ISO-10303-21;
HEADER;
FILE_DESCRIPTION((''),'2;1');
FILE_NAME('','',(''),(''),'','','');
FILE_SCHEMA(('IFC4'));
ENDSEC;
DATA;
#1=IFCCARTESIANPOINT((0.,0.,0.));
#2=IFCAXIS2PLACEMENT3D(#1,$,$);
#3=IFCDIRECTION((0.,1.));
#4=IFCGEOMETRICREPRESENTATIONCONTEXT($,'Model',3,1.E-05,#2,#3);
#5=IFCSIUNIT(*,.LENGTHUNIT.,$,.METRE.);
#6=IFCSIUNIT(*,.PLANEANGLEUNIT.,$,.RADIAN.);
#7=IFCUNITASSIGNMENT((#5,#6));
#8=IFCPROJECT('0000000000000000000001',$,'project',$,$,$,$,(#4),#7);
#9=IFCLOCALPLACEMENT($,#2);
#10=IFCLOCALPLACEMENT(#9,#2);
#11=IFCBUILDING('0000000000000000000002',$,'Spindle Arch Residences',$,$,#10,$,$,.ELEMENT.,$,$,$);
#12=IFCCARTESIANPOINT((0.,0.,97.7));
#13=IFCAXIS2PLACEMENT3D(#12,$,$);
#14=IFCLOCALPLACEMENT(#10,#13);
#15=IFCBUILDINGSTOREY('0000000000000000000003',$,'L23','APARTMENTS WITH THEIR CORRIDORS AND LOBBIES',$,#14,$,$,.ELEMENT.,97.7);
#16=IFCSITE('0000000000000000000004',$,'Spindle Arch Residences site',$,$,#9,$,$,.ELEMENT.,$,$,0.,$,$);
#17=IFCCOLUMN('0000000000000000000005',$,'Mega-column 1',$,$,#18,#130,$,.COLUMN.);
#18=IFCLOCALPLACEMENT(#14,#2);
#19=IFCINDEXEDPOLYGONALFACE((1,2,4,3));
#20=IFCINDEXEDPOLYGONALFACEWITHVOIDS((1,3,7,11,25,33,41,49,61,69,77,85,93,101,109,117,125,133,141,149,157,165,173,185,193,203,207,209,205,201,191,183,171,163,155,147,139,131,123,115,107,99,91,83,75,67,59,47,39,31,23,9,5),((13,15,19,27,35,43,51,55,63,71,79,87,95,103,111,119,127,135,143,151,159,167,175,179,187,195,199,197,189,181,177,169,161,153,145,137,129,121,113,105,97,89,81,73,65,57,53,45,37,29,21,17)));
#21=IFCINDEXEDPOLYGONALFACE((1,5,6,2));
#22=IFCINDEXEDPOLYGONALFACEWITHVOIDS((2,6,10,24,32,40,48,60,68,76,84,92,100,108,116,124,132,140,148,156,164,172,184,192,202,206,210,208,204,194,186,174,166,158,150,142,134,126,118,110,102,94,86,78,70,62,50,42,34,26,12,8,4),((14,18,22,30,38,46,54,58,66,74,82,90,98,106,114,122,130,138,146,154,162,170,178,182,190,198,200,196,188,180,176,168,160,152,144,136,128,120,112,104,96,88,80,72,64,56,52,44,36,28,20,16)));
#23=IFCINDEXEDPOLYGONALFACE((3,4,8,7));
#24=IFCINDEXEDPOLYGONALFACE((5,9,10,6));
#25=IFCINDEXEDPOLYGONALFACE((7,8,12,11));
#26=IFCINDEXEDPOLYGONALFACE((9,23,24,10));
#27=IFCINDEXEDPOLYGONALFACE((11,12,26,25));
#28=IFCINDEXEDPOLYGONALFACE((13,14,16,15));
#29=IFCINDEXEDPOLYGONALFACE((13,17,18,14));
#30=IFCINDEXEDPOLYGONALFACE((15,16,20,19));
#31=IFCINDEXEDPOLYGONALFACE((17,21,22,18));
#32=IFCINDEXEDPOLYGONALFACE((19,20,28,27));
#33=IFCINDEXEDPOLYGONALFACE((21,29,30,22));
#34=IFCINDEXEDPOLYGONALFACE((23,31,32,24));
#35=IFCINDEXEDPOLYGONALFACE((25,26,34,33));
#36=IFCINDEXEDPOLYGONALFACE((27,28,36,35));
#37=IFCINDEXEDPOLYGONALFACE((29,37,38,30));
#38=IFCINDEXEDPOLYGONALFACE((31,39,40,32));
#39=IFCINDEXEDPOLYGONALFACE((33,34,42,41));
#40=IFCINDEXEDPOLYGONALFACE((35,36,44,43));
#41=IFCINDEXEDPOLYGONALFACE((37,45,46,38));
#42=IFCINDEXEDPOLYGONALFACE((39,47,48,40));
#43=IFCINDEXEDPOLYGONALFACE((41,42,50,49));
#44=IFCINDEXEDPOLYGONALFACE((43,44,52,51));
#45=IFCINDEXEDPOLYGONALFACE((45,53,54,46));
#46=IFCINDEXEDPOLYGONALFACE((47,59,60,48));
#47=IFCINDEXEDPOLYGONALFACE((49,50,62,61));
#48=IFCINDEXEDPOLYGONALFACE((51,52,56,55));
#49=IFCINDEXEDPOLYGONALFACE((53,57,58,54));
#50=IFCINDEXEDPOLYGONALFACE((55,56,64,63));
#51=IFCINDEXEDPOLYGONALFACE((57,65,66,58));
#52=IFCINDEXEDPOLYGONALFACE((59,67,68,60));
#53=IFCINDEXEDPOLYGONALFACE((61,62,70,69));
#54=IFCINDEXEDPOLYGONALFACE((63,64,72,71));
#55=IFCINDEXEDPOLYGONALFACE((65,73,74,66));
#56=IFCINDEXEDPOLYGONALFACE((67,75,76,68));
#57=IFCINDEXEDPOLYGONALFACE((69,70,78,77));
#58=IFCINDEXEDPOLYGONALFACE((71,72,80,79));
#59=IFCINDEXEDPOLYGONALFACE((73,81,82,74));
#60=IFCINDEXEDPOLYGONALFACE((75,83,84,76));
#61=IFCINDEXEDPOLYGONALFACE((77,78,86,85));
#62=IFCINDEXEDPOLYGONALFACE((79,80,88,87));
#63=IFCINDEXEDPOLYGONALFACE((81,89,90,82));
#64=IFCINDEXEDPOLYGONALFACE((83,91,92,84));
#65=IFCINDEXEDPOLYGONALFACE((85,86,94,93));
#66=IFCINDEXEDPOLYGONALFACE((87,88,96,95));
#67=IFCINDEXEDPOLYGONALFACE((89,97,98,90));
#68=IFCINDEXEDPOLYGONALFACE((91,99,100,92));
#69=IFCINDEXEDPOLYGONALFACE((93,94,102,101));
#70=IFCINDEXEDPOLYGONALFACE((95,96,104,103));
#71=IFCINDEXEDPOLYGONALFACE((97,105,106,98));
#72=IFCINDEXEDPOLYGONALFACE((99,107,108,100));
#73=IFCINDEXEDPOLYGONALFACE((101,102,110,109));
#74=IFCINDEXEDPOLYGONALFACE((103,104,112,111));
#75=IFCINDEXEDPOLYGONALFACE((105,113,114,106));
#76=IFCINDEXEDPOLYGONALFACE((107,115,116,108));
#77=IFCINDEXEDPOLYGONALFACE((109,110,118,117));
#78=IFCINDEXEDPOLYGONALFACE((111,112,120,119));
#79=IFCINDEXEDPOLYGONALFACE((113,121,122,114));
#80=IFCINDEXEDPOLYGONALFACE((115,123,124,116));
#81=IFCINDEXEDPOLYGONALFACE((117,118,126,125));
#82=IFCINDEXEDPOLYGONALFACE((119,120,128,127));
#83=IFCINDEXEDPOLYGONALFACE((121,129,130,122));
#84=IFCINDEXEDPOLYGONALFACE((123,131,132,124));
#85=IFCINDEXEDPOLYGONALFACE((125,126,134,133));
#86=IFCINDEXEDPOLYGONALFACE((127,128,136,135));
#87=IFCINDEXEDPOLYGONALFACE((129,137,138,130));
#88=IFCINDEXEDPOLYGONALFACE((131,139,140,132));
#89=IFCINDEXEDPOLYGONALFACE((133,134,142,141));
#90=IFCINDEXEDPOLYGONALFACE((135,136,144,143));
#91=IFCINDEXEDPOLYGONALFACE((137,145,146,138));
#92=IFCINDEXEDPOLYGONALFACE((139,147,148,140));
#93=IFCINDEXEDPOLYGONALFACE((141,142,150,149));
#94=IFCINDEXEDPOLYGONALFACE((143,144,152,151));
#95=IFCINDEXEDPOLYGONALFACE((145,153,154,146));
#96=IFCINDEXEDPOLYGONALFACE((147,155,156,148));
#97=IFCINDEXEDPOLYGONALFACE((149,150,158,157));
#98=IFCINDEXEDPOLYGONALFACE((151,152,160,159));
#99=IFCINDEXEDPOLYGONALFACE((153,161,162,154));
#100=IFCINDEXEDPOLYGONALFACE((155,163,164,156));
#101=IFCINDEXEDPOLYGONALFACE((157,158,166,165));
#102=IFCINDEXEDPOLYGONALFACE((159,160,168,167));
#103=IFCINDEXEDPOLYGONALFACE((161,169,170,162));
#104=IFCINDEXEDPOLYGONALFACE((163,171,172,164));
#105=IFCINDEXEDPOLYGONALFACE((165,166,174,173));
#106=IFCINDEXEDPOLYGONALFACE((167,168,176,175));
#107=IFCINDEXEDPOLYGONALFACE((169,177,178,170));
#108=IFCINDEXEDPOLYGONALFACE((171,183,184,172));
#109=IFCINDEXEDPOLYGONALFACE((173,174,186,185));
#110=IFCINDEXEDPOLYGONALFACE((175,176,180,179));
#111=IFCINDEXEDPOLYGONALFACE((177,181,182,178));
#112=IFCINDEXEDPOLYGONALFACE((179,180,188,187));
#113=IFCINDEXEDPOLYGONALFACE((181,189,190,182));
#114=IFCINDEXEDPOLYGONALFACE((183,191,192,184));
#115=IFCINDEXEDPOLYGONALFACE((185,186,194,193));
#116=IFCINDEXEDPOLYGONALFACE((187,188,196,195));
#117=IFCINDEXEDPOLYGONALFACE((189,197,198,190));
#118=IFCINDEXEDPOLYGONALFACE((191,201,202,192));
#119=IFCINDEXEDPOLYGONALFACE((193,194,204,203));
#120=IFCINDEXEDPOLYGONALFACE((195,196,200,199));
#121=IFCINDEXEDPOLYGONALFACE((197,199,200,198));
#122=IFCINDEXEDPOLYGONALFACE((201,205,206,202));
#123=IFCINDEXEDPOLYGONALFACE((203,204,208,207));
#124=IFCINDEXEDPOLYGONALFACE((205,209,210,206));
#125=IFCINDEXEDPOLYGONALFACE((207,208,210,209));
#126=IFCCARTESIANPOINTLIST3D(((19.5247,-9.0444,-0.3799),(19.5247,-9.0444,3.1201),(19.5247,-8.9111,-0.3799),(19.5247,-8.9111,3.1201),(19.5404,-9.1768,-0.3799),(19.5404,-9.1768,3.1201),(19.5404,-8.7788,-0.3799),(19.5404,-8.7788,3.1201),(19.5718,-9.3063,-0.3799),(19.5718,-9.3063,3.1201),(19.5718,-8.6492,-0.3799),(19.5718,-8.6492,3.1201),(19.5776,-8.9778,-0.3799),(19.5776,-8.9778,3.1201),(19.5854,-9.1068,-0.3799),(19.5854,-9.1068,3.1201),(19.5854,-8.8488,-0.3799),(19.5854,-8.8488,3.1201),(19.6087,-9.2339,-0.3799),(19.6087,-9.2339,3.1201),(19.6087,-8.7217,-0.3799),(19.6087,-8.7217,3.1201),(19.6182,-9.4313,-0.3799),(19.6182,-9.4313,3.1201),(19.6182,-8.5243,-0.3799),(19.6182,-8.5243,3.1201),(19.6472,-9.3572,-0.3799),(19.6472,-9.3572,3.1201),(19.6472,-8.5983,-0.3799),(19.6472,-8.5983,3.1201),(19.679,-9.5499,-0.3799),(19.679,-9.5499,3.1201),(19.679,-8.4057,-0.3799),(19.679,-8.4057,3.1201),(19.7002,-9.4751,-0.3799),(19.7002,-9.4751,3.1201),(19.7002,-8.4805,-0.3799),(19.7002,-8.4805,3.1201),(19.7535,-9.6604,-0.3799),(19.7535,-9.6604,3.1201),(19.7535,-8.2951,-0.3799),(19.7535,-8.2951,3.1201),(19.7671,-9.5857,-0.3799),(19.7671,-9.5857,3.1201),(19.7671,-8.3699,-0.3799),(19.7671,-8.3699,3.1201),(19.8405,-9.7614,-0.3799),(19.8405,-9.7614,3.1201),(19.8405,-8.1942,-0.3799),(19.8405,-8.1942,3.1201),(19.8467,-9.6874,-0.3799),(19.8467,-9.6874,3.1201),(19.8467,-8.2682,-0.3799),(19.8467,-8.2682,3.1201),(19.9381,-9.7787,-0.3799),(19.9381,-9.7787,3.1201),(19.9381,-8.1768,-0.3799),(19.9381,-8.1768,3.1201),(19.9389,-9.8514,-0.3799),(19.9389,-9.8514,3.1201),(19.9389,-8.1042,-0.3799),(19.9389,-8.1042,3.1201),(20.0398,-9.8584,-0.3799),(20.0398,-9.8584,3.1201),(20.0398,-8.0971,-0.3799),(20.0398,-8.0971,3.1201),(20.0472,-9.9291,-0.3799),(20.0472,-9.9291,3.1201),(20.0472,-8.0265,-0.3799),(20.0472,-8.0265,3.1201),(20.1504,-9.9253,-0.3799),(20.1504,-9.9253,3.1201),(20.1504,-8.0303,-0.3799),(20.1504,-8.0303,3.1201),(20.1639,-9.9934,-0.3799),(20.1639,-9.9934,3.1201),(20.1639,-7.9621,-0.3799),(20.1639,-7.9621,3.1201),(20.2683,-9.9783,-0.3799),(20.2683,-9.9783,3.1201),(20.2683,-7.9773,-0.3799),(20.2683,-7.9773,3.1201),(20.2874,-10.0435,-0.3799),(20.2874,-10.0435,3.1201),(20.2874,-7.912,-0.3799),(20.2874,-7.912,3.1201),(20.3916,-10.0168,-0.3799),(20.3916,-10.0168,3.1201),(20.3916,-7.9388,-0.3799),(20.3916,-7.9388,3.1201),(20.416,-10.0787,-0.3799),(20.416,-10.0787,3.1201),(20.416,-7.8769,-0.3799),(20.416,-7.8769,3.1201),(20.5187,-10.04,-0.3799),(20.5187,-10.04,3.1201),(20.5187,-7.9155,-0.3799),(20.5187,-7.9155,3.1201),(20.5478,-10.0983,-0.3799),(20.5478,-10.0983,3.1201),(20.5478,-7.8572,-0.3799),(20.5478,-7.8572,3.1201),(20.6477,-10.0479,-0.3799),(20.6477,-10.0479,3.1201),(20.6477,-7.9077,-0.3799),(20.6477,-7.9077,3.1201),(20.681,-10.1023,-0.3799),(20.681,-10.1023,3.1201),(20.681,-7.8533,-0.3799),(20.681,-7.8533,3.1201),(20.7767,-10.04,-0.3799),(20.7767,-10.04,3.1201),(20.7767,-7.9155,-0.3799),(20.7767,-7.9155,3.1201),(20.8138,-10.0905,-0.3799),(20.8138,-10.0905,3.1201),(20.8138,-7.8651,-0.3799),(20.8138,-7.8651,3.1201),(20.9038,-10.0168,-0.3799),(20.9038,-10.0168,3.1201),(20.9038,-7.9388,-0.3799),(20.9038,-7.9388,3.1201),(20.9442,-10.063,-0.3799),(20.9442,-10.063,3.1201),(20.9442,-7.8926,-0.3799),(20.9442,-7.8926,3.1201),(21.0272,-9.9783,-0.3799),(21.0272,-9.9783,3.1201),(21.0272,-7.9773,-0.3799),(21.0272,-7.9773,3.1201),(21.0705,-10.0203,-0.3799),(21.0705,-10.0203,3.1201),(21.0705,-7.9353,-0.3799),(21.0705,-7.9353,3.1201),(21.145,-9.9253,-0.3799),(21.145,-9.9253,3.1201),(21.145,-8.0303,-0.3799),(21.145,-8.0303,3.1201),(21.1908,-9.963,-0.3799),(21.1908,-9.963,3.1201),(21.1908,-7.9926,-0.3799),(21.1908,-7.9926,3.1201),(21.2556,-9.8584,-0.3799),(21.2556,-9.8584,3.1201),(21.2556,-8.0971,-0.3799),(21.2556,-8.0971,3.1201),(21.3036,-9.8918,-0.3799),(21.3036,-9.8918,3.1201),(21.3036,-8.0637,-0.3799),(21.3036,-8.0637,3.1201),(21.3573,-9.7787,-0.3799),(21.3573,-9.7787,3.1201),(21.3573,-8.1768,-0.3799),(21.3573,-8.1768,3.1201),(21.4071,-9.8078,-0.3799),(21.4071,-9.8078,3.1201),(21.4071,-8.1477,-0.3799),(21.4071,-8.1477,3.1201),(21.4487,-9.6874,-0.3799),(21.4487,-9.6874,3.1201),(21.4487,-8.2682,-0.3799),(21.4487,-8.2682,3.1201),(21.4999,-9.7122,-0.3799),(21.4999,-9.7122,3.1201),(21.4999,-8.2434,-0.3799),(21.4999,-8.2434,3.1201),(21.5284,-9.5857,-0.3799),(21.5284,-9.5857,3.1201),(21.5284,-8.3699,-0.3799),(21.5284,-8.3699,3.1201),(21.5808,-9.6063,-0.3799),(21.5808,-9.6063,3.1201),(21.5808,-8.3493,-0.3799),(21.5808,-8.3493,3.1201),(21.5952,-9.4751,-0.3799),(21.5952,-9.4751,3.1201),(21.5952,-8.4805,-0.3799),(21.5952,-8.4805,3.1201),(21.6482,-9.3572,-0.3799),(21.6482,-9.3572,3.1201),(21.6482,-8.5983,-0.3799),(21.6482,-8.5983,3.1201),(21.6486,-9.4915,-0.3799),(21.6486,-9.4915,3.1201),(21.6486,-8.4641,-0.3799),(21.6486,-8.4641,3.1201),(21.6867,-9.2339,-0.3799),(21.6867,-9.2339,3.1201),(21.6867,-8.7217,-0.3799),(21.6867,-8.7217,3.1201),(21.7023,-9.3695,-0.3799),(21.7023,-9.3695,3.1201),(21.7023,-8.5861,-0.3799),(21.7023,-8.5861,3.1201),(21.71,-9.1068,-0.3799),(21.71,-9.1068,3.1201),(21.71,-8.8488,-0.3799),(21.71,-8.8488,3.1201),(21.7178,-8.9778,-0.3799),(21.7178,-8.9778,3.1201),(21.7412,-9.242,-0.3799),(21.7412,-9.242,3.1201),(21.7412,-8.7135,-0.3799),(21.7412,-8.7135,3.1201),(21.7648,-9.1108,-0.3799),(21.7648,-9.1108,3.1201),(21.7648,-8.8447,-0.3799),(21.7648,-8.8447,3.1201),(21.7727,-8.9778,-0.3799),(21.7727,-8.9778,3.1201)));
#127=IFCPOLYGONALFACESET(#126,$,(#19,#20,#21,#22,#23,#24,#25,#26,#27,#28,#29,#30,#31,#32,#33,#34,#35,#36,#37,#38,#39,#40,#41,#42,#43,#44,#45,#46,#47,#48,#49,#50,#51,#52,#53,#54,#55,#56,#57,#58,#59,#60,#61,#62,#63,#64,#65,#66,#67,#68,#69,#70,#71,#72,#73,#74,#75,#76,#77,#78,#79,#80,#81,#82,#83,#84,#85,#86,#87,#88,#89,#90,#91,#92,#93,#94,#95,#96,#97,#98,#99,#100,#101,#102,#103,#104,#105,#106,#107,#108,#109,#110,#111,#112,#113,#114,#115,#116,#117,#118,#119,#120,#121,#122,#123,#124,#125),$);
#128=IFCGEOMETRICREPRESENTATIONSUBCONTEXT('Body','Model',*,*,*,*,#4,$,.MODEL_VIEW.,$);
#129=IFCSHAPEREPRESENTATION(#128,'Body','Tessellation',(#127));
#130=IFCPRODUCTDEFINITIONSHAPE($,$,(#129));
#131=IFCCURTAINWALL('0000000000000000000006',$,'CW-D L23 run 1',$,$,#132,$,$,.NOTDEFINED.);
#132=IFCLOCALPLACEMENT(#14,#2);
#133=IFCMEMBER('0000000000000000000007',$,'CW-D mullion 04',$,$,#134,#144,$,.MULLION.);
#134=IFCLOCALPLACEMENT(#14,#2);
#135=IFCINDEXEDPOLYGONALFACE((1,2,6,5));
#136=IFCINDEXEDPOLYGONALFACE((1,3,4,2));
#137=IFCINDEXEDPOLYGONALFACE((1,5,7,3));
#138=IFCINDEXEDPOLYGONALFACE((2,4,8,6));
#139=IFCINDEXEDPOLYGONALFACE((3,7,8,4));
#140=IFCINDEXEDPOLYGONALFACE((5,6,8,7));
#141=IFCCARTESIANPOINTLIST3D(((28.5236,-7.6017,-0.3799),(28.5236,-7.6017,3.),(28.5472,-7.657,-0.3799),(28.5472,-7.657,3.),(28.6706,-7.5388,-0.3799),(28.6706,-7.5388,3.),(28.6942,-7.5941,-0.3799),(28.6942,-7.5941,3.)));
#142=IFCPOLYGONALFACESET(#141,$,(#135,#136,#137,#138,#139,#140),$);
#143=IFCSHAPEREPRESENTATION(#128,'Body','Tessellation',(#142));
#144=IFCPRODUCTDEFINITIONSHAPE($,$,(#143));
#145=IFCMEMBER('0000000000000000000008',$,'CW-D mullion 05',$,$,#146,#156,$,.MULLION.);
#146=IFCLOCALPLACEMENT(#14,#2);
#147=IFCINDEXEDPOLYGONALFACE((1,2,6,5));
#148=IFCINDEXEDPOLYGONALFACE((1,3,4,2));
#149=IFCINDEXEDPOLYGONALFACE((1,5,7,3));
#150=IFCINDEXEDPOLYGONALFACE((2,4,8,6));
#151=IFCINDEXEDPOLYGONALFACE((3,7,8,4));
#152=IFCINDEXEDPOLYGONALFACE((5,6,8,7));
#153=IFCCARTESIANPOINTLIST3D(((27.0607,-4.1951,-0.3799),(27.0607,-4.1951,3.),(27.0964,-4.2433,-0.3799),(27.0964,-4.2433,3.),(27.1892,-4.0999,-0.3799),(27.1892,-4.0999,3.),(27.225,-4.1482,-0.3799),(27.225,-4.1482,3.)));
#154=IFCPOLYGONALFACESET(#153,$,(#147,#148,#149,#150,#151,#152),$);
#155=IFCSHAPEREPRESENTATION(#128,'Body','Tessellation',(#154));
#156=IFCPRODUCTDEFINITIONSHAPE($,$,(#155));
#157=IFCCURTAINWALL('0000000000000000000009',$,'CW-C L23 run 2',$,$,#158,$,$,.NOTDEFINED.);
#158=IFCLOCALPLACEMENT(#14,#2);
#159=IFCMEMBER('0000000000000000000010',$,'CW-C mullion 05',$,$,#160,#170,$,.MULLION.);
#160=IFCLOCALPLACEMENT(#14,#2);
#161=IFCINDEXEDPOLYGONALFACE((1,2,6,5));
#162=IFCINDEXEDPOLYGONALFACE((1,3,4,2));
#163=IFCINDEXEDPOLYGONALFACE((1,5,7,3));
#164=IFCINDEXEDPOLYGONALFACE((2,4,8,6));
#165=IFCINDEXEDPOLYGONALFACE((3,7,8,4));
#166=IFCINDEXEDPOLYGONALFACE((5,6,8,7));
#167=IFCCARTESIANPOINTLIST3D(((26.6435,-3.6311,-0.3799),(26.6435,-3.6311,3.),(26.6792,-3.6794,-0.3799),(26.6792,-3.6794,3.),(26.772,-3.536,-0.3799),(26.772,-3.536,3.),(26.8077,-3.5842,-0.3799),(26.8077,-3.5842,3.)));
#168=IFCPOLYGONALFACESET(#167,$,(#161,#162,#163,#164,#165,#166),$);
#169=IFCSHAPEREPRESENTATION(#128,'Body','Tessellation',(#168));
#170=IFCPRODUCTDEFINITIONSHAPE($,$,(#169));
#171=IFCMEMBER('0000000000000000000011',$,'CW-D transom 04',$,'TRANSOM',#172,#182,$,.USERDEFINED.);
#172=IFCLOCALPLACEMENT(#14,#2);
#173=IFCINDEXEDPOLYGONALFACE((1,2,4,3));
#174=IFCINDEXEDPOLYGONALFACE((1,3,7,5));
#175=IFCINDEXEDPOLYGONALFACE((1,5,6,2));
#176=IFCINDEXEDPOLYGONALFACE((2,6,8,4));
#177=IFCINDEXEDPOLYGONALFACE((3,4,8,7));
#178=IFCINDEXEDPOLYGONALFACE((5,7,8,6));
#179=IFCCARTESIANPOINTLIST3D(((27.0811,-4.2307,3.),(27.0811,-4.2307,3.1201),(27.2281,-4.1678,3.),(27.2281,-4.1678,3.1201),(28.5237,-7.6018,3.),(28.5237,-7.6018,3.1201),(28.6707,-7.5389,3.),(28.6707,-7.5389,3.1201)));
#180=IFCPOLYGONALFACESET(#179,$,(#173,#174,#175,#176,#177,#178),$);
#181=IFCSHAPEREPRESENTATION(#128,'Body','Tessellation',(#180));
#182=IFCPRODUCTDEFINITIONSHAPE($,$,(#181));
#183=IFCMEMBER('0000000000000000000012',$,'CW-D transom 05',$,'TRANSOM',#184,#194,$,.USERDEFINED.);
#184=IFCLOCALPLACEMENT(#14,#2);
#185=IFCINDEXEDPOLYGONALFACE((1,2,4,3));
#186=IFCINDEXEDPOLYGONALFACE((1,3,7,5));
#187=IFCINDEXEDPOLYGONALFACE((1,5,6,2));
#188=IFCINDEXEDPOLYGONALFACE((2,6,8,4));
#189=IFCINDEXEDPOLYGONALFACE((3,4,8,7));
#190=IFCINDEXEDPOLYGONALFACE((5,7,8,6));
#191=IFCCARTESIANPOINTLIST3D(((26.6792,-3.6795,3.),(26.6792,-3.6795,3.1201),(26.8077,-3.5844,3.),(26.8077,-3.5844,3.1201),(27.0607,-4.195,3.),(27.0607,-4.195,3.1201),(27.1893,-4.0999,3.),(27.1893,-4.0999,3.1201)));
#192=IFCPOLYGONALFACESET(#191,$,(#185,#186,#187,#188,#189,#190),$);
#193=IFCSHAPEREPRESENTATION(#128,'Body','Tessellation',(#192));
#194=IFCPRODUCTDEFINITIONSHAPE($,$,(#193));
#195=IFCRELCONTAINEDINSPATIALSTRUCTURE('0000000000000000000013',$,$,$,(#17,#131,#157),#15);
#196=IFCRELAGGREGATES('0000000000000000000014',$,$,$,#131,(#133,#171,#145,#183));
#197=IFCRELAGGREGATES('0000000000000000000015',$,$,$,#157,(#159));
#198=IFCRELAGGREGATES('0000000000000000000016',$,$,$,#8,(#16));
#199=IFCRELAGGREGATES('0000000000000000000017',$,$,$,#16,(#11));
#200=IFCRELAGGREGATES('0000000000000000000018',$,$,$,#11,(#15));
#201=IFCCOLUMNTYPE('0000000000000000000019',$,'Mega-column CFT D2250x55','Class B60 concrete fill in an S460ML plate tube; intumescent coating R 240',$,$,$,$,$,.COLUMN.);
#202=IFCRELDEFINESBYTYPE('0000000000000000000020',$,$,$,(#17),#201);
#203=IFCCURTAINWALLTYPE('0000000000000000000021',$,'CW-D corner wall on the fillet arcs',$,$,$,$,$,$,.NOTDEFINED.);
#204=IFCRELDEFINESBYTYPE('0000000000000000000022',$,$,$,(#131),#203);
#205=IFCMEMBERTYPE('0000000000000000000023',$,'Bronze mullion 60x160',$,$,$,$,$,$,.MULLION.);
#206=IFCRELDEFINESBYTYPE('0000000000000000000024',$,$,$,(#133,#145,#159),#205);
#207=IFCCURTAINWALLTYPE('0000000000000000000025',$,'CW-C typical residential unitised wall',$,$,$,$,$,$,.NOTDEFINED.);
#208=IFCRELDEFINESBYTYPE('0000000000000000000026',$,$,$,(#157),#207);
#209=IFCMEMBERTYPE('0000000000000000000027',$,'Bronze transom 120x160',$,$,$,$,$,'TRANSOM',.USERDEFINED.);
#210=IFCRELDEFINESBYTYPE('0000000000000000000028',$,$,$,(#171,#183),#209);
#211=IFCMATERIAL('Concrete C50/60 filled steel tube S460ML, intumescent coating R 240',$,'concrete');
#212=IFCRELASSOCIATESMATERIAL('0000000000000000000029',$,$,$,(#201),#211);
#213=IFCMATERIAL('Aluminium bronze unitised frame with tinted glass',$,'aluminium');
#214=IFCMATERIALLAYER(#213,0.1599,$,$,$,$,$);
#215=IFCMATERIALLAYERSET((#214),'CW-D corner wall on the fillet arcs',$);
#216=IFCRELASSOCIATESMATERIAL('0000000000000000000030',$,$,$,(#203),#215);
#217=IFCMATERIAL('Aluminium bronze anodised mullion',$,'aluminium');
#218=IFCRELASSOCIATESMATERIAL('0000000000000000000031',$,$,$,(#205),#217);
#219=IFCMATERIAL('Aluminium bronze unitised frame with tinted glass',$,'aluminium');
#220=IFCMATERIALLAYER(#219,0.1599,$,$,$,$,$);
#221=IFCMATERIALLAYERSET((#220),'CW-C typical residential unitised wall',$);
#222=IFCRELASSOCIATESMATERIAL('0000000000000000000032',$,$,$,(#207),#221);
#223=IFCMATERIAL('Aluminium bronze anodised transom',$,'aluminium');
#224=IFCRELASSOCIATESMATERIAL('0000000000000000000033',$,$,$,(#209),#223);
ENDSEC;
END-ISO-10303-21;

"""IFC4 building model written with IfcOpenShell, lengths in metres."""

from ifc_helpers import new_model, si_unit, direction, frame, origin, origin_2d, place, context, subcontext, project, spatial, rectangle, hollow_circle, extrude, material, layer, layer_set, material_profile, profile_set, type_object, element, aggregate, save


model = new_model("IFC4")

# Units and contexts
model_context = context("Model", 3, precision=1e-05, world=origin(), true_north=direction((0.0, 1.0)))
body_context = subcontext(model_context, "Body", "Model", "MODEL_VIEW")
ifc_project = project(units=[si_unit("LENGTHUNIT", "METRE"), si_unit("PLANEANGLEUNIT", "RADIAN")], contexts=[model_context])

# Site, building, storey
site_placement = place(None, origin())
site = spatial("IfcSite", under=ifc_project, at=site_placement, Name="Spindle Arch Residences site", CompositionType="ELEMENT", RefElevation=0.0)
building_placement = place(site_placement, origin())
building = spatial("IfcBuilding", under=site, at=building_placement, Name="Spindle Arch Residences", CompositionType="ELEMENT")
storey_placement = place(building_placement, frame((0.0, 0.0, 97.7)))
storey = spatial("IfcBuildingStorey", under=building, at=storey_placement, Name="L23", Description="APARTMENTS WITH THEIR CORRIDORS AND LOBBIES", CompositionType="ELEMENT", Elevation=97.7)

# Column
ifc_material_1 = material(Name="Concrete C50/60 filled steel tube S460ML, intumescent coating R 240", Category="concrete")
ifc_material_profile_1 = material_profile(ifc_material_1, hollow_circle(Radius=1.125, WallThickness=0.0549, at=origin_2d()), Name="CFT D2250x55")
ifc_profile_set_1 = profile_set([ifc_material_profile_1], Name="Concrete C50/60 filled steel tube S460ML, intumescent coating R 240")
column_type_1 = type_object("IfcColumnType", Name="Mega-column CFT D2250x55", Description="Class B60 concrete fill in an S460ML plate tube; intumescent coating R 240", PredefinedType="COLUMN", material=ifc_profile_set_1)
column_placement = place(storey_placement, frame((20.6477, -8.9778, -0.3799), z_axis=(0.0, 0.0, 1.0), x_axis=(1.0, 0.0, 0.0)))
element("IfcColumn", 1, at=column_placement, inside=storey, type_object=column_type_1, Name="Mega-column 1", PredefinedType="COLUMN", context=body_context, shape_type="SweptSolid", body=[
    extrude(hollow_circle(Radius=1.125, WallThickness=0.0549, at=origin_2d()), origin(), (0.0, 0.0, 1.0), 3.5),
])

# Curtain wall, members
ifc_material_2 = material(Name="Aluminium bronze unitised frame with tinted glass", Category="aluminium")
ifc_layer_1 = layer(ifc_material_2, 0.1599)
ifc_layer_set_1 = layer_set([ifc_layer_1], Name="CW-D corner wall on the fillet arcs")
curtain_wall_type_1 = type_object("IfcCurtainWallType", Name="CW-D corner wall on the fillet arcs", PredefinedType="NOTDEFINED", material=ifc_layer_set_1)
curtain_wall_1_placement = place(storey_placement, origin())
curtain_wall_1 = element("IfcCurtainWall", 2, at=curtain_wall_1_placement, inside=storey, type_object=curtain_wall_type_1, Name="CW-D L23 run 1", PredefinedType="NOTDEFINED")
ifc_material_3 = material(Name="Aluminium bronze anodised mullion", Category="aluminium")
ifc_material_profile_2 = material_profile(ifc_material_3, rectangle(XDim=0.1599, YDim=0.0601, at=origin_2d()), Name="MU 60x160")
ifc_profile_set_2 = profile_set([ifc_material_profile_2], Name="Aluminium bronze anodised mullion")
member_type_1 = type_object("IfcMemberType", Name="Bronze mullion 60x160", PredefinedType="MULLION", material=ifc_profile_set_2)
member_1_placement = place(storey_placement, frame((28.6089, -7.5979, -0.3799), z_axis=(0.0, 0.0, 1.0), x_axis=(-0.919364, -0.393407, 0.0)))
member_1 = element("IfcMember", 3, at=member_1_placement, type_object=member_type_1, Name="CW-D mullion 04", PredefinedType="MULLION", context=body_context, shape_type="SweptSolid", body=[
    extrude(rectangle(XDim=0.1599, YDim=0.0601, at=origin_2d()), origin(), (0.0, 0.0, 1.0), 3.3799),
])
member_2_placement = place(storey_placement, frame((27.1428, -4.1716, -0.3799), z_axis=(0.0, 0.0, 1.0), x_axis=(-0.803857, -0.594823, 0.0)))
member_2 = element("IfcMember", 4, at=member_2_placement, type_object=member_type_1, Name="CW-D mullion 05", PredefinedType="MULLION", context=body_context, shape_type="SweptSolid", body=[
    extrude(rectangle(XDim=0.1599, YDim=0.0601, at=origin_2d()), origin(), (0.0, 0.0, 1.0), 3.3799),
])

# Curtain wall, member
ifc_material_4 = material(Name="Aluminium bronze unitised frame with tinted glass", Category="aluminium")
ifc_layer_2 = layer(ifc_material_4, 0.1599)
ifc_layer_set_2 = layer_set([ifc_layer_2], Name="CW-C typical residential unitised wall")
curtain_wall_type_2 = type_object("IfcCurtainWallType", Name="CW-C typical residential unitised wall", PredefinedType="NOTDEFINED", material=ifc_layer_set_2)
curtain_wall_2_placement = place(storey_placement, origin())
curtain_wall_2 = element("IfcCurtainWall", 5, at=curtain_wall_2_placement, inside=storey, type_object=curtain_wall_type_2, Name="CW-C L23 run 2", PredefinedType="NOTDEFINED")
member_3_placement = place(storey_placement, frame((26.7256, -3.6077, -0.3799), z_axis=(0.0, 0.0, 1.0), x_axis=(-0.803857, -0.594823, 0.0)))
member_3 = element("IfcMember", 6, at=member_3_placement, type_object=member_type_1, Name="CW-C mullion 05", PredefinedType="MULLION", context=body_context, shape_type="SweptSolid", body=[
    extrude(rectangle(XDim=0.1599, YDim=0.0601, at=origin_2d()), origin(), (0.0, 0.0, 1.0), 3.3799),
])

# Members
ifc_material_5 = material(Name="Aluminium bronze anodised transom", Category="aluminium")
ifc_material_profile_3 = material_profile(ifc_material_5, rectangle(XDim=0.1599, YDim=0.1201, at=origin_2d()), Name="TR 120x160")
ifc_profile_set_3 = profile_set([ifc_material_profile_3], Name="Aluminium bronze anodised transom")
member_type_2 = type_object("IfcMemberType", Name="Bronze transom 120x160", ElementType="TRANSOM", PredefinedType="USERDEFINED", material=ifc_profile_set_3)
member_4_placement = place(storey_placement, frame((28.5972, -7.5703, 3.0601), z_axis=(-0.393429, 0.919355, 0.0), x_axis=(-0.919355, -0.393429, 0.0)))
member_4 = element("IfcMember", 7, at=member_4_placement, type_object=member_type_2, Name="CW-D transom 04", ObjectType="TRANSOM", PredefinedType="USERDEFINED", context=body_context, shape_type="SweptSolid", body=[
    extrude(rectangle(XDim=0.1599, YDim=0.1201, at=origin_2d()), origin(), (0.0, 0.0, 1.0), 3.6667),
])
member_5_placement = place(storey_placement, frame((27.125, -4.1475, 3.0601), z_axis=(-0.594873, 0.80382, 0.0), x_axis=(-0.80382, -0.594873, 0.0)))
member_5 = element("IfcMember", 8, at=member_5_placement, type_object=member_type_2, Name="CW-D transom 05", ObjectType="TRANSOM", PredefinedType="USERDEFINED", context=body_context, shape_type="SweptSolid", body=[
    extrude(rectangle(XDim=0.1599, YDim=0.1201, at=origin_2d()), origin(), (0.0, 0.0, 1.0), 0.6414),
])

aggregate(curtain_wall_1, [member_1, member_4, member_2, member_5])
aggregate(curtain_wall_2, [member_3])

save(model, "model.ifc")
